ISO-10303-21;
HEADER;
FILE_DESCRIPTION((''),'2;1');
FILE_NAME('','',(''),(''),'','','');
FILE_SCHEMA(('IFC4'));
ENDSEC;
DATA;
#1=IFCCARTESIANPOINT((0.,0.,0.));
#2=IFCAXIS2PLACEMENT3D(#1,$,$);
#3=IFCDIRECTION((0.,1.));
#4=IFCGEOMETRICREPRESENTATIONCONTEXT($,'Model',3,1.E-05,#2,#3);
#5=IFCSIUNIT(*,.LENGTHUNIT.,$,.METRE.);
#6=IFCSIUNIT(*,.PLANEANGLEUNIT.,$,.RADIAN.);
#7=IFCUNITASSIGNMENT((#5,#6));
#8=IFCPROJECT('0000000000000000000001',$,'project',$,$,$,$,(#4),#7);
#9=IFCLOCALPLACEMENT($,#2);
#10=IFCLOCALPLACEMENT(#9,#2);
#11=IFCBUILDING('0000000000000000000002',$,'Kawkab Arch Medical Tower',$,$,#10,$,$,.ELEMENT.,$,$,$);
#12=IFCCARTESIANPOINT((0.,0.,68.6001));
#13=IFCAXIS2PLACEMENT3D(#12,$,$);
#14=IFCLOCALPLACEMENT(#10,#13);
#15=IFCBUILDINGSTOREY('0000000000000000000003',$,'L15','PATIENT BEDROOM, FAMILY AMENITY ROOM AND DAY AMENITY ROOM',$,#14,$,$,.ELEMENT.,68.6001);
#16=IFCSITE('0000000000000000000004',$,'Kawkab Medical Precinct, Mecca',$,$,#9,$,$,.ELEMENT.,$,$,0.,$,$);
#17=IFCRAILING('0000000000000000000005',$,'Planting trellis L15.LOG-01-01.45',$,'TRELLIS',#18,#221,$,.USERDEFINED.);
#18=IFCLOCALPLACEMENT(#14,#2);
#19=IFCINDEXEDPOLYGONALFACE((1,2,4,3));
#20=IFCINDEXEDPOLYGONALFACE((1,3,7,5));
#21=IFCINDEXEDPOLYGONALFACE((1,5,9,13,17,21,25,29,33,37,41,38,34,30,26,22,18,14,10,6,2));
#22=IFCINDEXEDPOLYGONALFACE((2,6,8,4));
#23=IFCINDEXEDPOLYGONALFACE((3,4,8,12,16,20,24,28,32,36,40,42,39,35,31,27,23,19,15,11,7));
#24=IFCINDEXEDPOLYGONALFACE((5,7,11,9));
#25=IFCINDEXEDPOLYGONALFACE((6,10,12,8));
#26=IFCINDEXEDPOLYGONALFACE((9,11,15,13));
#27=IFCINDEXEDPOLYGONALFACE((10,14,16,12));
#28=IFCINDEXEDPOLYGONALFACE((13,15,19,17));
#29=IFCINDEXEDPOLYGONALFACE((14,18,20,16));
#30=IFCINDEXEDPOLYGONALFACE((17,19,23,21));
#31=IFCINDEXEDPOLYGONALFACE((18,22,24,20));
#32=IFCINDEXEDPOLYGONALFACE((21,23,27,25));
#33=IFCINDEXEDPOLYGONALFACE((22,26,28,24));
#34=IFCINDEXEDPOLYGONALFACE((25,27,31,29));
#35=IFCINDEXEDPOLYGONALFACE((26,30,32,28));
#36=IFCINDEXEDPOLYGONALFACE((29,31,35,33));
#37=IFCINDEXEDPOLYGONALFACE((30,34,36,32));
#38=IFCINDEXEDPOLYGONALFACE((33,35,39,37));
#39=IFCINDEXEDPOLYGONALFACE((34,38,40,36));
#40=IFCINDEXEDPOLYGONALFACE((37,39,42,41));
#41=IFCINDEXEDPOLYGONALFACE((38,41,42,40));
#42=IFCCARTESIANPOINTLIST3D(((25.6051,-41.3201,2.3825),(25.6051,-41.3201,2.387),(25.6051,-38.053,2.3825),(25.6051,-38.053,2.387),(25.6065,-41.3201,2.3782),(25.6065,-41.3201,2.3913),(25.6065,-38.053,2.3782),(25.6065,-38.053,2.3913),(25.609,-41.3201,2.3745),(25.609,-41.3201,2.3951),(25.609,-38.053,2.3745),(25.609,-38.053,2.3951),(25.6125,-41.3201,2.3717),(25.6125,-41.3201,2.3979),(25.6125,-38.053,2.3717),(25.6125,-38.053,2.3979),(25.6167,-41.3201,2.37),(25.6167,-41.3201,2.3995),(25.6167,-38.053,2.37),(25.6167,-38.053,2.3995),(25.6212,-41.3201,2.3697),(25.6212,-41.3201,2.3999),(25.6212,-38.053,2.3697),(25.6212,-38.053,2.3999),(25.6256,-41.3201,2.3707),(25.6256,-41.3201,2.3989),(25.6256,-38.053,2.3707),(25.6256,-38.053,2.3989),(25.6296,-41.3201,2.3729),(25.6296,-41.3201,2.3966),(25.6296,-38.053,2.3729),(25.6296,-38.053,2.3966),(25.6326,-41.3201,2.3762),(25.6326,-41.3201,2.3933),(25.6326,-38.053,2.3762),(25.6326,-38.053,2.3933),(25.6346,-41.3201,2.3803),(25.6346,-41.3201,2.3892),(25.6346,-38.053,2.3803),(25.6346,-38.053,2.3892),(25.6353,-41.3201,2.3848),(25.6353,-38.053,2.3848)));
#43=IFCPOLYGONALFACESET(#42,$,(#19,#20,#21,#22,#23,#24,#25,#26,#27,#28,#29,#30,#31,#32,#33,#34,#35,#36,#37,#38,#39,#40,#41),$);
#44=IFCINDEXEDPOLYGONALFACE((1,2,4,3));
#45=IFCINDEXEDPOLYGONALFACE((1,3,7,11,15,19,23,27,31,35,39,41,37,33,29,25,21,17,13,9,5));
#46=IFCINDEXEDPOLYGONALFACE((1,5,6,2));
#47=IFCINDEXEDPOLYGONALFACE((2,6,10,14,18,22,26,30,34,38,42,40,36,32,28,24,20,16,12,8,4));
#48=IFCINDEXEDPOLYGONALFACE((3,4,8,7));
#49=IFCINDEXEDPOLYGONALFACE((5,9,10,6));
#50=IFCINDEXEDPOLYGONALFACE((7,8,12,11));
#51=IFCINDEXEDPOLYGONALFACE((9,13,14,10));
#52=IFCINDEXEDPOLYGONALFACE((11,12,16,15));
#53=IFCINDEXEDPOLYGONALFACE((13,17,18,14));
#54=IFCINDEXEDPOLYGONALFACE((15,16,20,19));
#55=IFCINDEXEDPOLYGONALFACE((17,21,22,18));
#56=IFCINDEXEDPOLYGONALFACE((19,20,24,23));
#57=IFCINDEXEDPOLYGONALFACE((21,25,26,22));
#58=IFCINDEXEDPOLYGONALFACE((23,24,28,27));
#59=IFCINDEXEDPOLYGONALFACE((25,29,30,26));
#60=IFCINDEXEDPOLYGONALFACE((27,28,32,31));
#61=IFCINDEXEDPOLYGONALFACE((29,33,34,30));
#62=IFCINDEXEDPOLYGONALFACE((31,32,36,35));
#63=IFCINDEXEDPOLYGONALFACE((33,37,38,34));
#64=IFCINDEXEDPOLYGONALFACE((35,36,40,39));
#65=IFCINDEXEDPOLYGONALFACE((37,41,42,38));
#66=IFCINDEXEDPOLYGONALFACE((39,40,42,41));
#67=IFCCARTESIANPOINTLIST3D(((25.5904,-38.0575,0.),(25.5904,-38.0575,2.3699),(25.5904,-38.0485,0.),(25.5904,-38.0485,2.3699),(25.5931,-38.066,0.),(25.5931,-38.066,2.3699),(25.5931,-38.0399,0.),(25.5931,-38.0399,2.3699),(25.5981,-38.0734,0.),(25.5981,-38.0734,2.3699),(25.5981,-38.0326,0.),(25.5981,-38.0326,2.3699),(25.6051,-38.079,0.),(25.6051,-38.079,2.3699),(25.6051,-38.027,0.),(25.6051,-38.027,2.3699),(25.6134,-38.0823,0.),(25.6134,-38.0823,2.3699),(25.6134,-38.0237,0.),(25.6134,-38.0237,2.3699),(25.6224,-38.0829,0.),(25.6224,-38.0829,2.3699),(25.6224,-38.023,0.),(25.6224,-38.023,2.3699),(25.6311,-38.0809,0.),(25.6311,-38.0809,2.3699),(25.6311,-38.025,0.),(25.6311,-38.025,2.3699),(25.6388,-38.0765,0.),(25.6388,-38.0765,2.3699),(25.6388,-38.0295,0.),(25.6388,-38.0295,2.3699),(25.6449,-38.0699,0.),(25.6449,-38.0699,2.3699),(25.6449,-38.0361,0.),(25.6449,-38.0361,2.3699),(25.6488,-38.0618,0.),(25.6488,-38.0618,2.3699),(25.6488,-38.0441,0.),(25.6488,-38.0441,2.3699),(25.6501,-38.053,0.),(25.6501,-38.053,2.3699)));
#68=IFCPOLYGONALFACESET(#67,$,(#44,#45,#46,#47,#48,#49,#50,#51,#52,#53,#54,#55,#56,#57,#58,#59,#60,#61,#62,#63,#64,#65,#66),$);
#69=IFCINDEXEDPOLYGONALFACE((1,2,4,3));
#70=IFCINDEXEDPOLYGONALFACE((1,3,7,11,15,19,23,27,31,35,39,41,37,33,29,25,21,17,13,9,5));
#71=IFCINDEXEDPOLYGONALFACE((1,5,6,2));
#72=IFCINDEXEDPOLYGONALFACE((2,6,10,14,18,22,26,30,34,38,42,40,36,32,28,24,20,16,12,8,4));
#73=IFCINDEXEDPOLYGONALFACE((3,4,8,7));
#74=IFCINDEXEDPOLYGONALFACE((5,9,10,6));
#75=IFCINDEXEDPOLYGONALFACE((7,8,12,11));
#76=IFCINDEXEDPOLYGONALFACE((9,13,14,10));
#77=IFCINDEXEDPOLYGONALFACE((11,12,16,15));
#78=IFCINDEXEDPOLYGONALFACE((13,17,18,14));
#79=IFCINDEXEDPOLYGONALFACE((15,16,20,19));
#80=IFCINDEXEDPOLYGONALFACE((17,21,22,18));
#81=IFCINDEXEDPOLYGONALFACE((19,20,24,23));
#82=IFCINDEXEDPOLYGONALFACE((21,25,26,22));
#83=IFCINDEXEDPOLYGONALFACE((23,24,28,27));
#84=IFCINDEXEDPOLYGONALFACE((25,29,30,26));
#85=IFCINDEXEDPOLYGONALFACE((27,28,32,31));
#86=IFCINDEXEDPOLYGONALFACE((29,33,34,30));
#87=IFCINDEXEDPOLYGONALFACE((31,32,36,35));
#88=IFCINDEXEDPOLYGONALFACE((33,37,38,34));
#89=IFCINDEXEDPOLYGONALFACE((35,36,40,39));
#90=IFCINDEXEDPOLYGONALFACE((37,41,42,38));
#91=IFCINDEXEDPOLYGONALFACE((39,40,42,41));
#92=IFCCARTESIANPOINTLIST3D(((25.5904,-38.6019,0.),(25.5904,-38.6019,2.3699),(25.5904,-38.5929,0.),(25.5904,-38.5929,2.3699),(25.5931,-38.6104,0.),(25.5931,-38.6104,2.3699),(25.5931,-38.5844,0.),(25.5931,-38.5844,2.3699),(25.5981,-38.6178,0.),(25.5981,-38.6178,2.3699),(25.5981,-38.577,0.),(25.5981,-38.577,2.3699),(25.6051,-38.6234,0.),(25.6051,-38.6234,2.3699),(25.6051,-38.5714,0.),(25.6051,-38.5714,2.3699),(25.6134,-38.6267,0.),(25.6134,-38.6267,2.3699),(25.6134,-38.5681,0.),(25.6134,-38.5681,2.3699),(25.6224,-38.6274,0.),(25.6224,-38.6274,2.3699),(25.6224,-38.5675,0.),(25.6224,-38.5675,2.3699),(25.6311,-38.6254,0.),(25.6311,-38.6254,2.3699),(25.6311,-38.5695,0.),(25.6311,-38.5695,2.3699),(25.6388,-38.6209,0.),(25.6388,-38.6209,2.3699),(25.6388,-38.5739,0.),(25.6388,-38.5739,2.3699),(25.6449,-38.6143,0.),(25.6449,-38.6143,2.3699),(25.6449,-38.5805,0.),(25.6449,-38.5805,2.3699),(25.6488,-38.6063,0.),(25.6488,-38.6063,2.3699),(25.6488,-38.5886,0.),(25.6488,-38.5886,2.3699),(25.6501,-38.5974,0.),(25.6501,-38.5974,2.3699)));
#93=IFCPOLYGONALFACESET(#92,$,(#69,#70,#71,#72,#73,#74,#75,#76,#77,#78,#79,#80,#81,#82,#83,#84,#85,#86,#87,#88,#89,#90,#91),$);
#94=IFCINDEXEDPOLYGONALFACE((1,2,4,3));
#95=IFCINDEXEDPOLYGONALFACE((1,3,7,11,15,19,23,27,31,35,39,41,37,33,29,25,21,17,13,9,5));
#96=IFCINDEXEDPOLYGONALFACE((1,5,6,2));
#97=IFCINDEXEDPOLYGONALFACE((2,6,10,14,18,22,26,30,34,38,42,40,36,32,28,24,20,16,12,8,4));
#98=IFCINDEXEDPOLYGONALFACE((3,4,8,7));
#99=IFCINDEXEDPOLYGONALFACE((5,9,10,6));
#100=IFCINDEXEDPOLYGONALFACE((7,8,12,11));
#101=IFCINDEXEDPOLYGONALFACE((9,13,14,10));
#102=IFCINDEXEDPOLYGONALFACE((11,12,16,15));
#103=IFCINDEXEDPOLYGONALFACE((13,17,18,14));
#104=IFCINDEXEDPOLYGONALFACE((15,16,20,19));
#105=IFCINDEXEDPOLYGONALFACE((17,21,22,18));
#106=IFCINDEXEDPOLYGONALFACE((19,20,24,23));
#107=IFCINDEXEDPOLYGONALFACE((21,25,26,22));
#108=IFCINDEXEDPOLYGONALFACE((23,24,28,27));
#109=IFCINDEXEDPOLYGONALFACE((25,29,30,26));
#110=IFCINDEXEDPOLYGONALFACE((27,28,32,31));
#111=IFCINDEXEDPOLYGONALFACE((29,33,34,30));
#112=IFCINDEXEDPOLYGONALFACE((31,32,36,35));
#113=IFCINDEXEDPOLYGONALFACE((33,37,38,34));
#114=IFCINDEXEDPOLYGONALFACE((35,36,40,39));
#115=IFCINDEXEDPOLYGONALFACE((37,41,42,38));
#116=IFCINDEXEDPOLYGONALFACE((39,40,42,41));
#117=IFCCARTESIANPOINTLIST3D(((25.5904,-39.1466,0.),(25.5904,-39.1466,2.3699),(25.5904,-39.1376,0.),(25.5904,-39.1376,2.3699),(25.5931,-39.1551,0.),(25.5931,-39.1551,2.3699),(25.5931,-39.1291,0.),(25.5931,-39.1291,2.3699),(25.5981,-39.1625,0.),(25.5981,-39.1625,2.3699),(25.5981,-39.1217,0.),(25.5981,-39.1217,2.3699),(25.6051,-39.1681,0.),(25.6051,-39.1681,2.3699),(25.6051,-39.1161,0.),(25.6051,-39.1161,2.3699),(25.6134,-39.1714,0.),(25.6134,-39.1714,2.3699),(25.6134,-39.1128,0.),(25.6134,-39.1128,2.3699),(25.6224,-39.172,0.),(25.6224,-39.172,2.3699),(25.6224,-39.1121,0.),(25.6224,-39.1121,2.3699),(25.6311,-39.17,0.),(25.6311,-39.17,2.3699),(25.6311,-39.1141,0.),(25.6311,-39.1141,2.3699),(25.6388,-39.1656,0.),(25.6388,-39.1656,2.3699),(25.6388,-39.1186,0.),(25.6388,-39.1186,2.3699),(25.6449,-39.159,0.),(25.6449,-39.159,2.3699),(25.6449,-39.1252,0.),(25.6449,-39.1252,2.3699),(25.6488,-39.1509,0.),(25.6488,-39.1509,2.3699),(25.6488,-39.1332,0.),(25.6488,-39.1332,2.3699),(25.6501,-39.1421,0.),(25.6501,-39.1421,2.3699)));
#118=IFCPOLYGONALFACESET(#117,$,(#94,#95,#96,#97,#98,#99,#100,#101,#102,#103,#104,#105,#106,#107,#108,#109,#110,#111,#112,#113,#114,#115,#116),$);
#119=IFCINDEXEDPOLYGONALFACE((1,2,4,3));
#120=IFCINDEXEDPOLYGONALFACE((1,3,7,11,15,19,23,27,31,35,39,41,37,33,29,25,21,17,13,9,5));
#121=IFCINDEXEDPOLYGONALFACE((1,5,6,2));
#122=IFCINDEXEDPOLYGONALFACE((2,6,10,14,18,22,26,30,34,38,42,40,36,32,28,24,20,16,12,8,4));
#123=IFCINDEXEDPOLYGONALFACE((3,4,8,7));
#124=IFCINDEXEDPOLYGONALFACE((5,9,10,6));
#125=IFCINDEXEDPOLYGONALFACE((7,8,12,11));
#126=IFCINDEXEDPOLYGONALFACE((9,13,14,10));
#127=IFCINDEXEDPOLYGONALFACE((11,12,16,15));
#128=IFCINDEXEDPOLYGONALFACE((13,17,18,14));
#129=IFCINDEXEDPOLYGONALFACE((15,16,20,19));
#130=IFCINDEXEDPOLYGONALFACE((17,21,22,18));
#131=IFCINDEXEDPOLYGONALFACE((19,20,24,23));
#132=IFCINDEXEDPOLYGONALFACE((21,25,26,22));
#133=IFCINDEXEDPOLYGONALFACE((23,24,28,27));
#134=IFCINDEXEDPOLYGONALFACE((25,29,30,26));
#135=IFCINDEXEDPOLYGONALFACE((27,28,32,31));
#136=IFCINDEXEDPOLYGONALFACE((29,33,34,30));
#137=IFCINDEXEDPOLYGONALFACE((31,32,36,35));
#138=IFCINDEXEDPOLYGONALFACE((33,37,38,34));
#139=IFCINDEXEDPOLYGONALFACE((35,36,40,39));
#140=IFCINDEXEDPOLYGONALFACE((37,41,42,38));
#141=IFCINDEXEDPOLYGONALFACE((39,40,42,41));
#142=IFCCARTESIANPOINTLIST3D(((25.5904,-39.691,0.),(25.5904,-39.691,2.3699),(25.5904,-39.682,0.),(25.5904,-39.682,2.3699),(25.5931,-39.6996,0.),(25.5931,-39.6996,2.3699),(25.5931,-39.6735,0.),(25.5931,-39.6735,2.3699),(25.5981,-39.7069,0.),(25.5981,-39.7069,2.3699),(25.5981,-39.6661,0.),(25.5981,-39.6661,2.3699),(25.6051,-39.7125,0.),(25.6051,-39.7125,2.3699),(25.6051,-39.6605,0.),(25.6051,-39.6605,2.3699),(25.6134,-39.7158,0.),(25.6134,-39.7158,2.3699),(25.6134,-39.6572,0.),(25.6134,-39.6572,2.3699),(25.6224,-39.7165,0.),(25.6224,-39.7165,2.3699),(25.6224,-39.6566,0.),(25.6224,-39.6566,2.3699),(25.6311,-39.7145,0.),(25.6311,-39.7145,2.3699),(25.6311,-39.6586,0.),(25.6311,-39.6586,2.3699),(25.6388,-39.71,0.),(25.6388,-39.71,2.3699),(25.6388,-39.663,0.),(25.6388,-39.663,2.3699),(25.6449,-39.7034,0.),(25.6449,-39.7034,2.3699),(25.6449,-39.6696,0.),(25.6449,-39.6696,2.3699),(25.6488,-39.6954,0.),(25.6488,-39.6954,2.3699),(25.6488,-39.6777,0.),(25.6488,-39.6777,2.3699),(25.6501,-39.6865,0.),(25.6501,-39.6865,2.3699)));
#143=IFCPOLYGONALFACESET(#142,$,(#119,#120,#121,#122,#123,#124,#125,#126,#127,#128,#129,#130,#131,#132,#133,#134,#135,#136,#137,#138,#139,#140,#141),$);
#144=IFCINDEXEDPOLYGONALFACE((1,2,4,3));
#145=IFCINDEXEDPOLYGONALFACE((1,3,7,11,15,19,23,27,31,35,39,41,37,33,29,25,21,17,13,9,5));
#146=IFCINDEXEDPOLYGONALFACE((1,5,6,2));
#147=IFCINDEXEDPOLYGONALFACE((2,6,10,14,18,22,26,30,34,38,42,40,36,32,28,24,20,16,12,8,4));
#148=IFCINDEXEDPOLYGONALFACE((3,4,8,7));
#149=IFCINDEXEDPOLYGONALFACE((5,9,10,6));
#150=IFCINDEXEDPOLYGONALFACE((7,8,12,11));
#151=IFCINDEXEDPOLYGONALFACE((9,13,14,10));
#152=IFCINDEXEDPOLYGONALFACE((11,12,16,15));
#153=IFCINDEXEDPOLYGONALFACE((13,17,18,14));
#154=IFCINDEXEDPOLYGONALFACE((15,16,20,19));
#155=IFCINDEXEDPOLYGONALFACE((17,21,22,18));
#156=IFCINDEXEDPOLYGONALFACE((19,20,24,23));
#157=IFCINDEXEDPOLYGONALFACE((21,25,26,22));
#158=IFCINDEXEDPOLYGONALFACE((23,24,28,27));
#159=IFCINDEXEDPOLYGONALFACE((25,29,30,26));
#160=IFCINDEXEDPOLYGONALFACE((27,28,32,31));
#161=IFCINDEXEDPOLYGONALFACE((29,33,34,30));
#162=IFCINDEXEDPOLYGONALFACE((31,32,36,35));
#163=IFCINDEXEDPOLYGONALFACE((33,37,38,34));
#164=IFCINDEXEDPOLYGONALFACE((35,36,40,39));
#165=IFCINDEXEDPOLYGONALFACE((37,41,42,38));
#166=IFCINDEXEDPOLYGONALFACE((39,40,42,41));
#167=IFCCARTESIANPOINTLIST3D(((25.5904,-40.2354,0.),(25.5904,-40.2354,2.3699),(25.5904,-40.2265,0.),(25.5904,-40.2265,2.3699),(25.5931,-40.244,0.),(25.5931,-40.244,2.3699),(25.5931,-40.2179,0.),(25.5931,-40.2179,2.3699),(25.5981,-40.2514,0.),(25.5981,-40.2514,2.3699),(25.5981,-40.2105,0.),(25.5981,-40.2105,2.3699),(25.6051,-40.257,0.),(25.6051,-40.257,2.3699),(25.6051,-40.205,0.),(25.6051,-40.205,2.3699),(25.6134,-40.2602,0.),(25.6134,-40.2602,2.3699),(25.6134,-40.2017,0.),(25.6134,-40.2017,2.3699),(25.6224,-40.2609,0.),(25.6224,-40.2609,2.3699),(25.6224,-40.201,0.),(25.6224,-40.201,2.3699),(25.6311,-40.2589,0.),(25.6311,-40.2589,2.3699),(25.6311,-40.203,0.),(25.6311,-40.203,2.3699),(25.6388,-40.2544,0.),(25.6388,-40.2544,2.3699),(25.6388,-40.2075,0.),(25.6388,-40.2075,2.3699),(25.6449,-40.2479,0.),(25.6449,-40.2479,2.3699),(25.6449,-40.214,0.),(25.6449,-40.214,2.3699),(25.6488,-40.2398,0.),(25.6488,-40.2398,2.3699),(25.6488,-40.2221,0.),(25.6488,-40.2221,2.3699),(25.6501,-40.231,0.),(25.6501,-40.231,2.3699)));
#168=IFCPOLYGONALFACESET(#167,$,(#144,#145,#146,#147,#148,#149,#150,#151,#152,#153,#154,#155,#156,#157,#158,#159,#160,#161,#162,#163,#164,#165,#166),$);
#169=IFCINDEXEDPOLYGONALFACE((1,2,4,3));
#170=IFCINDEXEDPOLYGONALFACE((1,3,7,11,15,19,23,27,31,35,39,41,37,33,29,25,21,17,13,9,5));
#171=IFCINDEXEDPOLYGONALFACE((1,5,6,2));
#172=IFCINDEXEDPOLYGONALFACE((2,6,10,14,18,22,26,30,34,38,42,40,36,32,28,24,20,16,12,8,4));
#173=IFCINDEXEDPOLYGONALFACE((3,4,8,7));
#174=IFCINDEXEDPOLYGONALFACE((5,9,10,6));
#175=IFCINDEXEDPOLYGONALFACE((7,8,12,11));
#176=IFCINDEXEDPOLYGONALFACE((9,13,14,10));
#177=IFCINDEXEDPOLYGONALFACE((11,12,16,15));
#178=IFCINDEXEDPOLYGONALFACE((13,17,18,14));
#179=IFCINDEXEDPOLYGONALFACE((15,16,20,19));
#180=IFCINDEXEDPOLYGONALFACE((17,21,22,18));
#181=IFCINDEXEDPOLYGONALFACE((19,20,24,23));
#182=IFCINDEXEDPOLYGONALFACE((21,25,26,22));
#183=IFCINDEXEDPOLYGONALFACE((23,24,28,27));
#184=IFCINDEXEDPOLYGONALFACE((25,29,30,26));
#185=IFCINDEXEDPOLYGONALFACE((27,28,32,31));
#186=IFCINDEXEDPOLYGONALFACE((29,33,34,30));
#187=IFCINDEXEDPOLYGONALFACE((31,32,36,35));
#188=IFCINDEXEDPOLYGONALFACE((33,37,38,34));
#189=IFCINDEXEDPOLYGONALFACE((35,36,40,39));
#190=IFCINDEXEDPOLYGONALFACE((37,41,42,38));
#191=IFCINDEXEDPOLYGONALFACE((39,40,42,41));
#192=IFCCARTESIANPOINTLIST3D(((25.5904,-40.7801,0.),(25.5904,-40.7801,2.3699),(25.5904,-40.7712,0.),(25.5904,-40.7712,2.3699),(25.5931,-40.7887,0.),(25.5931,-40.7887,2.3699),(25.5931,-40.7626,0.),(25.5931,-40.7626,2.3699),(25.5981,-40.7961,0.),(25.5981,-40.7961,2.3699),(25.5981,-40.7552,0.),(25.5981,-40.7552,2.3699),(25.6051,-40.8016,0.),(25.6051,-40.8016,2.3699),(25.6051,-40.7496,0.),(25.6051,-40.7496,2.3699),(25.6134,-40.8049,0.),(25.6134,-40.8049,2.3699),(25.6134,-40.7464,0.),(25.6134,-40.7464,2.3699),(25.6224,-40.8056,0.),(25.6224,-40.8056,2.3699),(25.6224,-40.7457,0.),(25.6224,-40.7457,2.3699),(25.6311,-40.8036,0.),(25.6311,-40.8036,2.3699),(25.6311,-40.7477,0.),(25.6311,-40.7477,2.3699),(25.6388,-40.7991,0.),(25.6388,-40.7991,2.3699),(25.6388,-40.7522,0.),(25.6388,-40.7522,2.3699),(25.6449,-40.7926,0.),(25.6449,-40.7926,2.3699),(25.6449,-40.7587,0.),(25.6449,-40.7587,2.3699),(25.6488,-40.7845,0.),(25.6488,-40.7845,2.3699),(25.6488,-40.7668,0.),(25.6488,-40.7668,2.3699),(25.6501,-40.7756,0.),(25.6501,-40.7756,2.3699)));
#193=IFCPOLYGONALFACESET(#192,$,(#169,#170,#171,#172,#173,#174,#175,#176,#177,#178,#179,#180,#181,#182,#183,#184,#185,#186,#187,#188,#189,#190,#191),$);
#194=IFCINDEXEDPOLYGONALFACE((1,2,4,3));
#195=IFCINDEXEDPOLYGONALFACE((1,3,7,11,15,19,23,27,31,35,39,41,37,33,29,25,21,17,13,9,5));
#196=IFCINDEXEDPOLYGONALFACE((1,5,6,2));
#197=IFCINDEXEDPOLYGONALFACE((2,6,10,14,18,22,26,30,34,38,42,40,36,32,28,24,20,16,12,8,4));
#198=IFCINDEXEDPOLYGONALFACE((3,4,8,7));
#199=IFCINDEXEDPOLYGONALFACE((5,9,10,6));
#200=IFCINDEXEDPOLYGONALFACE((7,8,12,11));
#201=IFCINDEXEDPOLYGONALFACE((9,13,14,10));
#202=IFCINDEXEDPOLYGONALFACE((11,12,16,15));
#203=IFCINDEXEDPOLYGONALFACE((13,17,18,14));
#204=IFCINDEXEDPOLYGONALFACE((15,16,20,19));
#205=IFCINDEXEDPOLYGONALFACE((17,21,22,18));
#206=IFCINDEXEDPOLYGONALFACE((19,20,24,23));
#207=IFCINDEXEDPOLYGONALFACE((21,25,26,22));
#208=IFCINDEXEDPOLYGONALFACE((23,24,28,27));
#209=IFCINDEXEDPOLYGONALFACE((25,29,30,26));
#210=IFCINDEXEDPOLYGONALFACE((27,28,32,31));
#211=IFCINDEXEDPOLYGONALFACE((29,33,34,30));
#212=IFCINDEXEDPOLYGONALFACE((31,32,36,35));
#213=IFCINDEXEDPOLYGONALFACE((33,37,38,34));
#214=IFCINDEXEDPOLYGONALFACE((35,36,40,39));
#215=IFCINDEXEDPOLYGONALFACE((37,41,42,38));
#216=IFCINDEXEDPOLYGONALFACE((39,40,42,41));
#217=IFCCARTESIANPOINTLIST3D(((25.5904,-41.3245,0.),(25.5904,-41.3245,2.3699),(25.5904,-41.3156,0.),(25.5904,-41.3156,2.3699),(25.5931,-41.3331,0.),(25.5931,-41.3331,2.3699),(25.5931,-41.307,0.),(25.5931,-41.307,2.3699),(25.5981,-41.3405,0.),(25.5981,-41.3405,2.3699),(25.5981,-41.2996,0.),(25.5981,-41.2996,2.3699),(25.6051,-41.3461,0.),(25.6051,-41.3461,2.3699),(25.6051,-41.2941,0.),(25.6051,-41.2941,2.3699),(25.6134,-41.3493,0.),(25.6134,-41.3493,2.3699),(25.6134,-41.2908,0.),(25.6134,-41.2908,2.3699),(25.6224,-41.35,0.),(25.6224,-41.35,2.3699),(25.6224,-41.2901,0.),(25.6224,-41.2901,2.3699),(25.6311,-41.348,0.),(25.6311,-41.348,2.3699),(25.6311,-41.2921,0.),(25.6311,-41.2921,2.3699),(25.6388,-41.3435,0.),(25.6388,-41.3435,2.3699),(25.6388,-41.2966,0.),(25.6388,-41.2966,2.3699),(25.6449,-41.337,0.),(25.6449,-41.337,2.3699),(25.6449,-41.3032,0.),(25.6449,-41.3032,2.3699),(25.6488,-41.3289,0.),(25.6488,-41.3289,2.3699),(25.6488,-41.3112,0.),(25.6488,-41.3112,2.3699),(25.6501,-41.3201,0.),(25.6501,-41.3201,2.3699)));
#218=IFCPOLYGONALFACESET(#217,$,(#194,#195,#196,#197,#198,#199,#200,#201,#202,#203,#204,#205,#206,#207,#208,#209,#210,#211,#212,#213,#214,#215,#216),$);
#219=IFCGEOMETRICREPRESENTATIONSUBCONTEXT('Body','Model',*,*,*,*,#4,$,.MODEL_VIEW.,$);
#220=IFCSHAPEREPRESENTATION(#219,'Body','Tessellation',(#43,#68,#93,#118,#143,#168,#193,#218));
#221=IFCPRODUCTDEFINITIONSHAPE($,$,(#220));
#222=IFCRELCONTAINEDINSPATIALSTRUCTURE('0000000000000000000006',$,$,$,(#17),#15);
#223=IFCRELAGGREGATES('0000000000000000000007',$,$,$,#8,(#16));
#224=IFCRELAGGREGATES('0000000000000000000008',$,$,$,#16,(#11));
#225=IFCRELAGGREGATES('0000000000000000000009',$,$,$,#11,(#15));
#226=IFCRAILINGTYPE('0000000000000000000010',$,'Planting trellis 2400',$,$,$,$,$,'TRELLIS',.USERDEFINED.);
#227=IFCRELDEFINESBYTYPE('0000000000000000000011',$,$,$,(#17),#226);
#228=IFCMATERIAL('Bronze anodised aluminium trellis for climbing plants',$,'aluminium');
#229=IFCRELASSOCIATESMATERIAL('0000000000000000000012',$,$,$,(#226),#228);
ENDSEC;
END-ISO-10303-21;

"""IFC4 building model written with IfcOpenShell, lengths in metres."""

from ifc_helpers import new_model, si_unit, direction, frame, origin, origin_2d, place, context, subcontext, project, spatial, circle, extrude, material, type_object, element, save


model = new_model("IFC4")

# Units and contexts
model_context = context("Model", 3, precision=1e-05, world=origin(), true_north=direction((0.0, 1.0)))
body_context = subcontext(model_context, "Body", "Model", "MODEL_VIEW")
ifc_project = project(units=[si_unit("LENGTHUNIT", "METRE"), si_unit("PLANEANGLEUNIT", "RADIAN")], contexts=[model_context])

# Site, building, storey
site_placement = place(None, origin())
site = spatial("IfcSite", under=ifc_project, at=site_placement, Name="Kawkab Medical Precinct, Mecca", CompositionType="ELEMENT", RefElevation=0.0)
building_placement = place(site_placement, origin())
building = spatial("IfcBuilding", under=site, at=building_placement, Name="Kawkab Arch Medical Tower", CompositionType="ELEMENT")
storey_placement = place(building_placement, frame((0.0, 0.0, 68.6001)))
storey = spatial("IfcBuildingStorey", under=building, at=storey_placement, Name="L15", Description="PATIENT BEDROOM, FAMILY AMENITY ROOM AND DAY AMENITY ROOM", CompositionType="ELEMENT", Elevation=68.6001)

# Railing
ifc_material_1 = material(Name="Bronze anodised aluminium trellis for climbing plants", Category="aluminium")
railing_type = type_object("IfcRailingType", Name="Planting trellis 2400", ElementType="TRELLIS", PredefinedType="USERDEFINED", material=ifc_material_1)
railing_1_placement = place(storey_placement, frame((25.6201, -38.053, 0.0)))
element("IfcRailing", 1, at=railing_1_placement, inside=storey, type_object=railing_type, Name="Planting trellis L15.LOG-01-01.45", ObjectType="TRELLIS", PredefinedType="USERDEFINED", context=body_context, shape_type="SweptSolid", body=[
    extrude(circle(Radius=0.0151, at=origin_2d()), frame((0.0, 0.0, 2.3848), z_axis=(0.0, -1.0, 0.0), x_axis=(1.0, 0.0, 0.0)), (0.0, 0.0, 1.0), 3.2671),
    extrude(circle(Radius=0.03, at=origin_2d()), origin(), (0.0, 0.0, 1.0), 2.3699),
    extrude(circle(Radius=0.03, at=origin_2d()), frame((0.0, -0.5444, 0.0)), (0.0, 0.0, 1.0), 2.3699),
    extrude(circle(Radius=0.03, at=origin_2d()), frame((0.0, -1.0891, 0.0)), (0.0, 0.0, 1.0), 2.3699),
    extrude(circle(Radius=0.03, at=origin_2d()), frame((0.0, -1.6335, 0.0)), (0.0, 0.0, 1.0), 2.3699),
    extrude(circle(Radius=0.03, at=origin_2d()), frame((0.0, -2.178, 0.0)), (0.0, 0.0, 1.0), 2.3699),
    extrude(circle(Radius=0.03, at=origin_2d()), frame((0.0, -2.7227, 0.0)), (0.0, 0.0, 1.0), 2.3699),
    extrude(circle(Radius=0.03, at=origin_2d()), frame((0.0, -3.2671, 0.0)), (0.0, 0.0, 1.0), 2.3699),
])

save(model, "model.ifc")
